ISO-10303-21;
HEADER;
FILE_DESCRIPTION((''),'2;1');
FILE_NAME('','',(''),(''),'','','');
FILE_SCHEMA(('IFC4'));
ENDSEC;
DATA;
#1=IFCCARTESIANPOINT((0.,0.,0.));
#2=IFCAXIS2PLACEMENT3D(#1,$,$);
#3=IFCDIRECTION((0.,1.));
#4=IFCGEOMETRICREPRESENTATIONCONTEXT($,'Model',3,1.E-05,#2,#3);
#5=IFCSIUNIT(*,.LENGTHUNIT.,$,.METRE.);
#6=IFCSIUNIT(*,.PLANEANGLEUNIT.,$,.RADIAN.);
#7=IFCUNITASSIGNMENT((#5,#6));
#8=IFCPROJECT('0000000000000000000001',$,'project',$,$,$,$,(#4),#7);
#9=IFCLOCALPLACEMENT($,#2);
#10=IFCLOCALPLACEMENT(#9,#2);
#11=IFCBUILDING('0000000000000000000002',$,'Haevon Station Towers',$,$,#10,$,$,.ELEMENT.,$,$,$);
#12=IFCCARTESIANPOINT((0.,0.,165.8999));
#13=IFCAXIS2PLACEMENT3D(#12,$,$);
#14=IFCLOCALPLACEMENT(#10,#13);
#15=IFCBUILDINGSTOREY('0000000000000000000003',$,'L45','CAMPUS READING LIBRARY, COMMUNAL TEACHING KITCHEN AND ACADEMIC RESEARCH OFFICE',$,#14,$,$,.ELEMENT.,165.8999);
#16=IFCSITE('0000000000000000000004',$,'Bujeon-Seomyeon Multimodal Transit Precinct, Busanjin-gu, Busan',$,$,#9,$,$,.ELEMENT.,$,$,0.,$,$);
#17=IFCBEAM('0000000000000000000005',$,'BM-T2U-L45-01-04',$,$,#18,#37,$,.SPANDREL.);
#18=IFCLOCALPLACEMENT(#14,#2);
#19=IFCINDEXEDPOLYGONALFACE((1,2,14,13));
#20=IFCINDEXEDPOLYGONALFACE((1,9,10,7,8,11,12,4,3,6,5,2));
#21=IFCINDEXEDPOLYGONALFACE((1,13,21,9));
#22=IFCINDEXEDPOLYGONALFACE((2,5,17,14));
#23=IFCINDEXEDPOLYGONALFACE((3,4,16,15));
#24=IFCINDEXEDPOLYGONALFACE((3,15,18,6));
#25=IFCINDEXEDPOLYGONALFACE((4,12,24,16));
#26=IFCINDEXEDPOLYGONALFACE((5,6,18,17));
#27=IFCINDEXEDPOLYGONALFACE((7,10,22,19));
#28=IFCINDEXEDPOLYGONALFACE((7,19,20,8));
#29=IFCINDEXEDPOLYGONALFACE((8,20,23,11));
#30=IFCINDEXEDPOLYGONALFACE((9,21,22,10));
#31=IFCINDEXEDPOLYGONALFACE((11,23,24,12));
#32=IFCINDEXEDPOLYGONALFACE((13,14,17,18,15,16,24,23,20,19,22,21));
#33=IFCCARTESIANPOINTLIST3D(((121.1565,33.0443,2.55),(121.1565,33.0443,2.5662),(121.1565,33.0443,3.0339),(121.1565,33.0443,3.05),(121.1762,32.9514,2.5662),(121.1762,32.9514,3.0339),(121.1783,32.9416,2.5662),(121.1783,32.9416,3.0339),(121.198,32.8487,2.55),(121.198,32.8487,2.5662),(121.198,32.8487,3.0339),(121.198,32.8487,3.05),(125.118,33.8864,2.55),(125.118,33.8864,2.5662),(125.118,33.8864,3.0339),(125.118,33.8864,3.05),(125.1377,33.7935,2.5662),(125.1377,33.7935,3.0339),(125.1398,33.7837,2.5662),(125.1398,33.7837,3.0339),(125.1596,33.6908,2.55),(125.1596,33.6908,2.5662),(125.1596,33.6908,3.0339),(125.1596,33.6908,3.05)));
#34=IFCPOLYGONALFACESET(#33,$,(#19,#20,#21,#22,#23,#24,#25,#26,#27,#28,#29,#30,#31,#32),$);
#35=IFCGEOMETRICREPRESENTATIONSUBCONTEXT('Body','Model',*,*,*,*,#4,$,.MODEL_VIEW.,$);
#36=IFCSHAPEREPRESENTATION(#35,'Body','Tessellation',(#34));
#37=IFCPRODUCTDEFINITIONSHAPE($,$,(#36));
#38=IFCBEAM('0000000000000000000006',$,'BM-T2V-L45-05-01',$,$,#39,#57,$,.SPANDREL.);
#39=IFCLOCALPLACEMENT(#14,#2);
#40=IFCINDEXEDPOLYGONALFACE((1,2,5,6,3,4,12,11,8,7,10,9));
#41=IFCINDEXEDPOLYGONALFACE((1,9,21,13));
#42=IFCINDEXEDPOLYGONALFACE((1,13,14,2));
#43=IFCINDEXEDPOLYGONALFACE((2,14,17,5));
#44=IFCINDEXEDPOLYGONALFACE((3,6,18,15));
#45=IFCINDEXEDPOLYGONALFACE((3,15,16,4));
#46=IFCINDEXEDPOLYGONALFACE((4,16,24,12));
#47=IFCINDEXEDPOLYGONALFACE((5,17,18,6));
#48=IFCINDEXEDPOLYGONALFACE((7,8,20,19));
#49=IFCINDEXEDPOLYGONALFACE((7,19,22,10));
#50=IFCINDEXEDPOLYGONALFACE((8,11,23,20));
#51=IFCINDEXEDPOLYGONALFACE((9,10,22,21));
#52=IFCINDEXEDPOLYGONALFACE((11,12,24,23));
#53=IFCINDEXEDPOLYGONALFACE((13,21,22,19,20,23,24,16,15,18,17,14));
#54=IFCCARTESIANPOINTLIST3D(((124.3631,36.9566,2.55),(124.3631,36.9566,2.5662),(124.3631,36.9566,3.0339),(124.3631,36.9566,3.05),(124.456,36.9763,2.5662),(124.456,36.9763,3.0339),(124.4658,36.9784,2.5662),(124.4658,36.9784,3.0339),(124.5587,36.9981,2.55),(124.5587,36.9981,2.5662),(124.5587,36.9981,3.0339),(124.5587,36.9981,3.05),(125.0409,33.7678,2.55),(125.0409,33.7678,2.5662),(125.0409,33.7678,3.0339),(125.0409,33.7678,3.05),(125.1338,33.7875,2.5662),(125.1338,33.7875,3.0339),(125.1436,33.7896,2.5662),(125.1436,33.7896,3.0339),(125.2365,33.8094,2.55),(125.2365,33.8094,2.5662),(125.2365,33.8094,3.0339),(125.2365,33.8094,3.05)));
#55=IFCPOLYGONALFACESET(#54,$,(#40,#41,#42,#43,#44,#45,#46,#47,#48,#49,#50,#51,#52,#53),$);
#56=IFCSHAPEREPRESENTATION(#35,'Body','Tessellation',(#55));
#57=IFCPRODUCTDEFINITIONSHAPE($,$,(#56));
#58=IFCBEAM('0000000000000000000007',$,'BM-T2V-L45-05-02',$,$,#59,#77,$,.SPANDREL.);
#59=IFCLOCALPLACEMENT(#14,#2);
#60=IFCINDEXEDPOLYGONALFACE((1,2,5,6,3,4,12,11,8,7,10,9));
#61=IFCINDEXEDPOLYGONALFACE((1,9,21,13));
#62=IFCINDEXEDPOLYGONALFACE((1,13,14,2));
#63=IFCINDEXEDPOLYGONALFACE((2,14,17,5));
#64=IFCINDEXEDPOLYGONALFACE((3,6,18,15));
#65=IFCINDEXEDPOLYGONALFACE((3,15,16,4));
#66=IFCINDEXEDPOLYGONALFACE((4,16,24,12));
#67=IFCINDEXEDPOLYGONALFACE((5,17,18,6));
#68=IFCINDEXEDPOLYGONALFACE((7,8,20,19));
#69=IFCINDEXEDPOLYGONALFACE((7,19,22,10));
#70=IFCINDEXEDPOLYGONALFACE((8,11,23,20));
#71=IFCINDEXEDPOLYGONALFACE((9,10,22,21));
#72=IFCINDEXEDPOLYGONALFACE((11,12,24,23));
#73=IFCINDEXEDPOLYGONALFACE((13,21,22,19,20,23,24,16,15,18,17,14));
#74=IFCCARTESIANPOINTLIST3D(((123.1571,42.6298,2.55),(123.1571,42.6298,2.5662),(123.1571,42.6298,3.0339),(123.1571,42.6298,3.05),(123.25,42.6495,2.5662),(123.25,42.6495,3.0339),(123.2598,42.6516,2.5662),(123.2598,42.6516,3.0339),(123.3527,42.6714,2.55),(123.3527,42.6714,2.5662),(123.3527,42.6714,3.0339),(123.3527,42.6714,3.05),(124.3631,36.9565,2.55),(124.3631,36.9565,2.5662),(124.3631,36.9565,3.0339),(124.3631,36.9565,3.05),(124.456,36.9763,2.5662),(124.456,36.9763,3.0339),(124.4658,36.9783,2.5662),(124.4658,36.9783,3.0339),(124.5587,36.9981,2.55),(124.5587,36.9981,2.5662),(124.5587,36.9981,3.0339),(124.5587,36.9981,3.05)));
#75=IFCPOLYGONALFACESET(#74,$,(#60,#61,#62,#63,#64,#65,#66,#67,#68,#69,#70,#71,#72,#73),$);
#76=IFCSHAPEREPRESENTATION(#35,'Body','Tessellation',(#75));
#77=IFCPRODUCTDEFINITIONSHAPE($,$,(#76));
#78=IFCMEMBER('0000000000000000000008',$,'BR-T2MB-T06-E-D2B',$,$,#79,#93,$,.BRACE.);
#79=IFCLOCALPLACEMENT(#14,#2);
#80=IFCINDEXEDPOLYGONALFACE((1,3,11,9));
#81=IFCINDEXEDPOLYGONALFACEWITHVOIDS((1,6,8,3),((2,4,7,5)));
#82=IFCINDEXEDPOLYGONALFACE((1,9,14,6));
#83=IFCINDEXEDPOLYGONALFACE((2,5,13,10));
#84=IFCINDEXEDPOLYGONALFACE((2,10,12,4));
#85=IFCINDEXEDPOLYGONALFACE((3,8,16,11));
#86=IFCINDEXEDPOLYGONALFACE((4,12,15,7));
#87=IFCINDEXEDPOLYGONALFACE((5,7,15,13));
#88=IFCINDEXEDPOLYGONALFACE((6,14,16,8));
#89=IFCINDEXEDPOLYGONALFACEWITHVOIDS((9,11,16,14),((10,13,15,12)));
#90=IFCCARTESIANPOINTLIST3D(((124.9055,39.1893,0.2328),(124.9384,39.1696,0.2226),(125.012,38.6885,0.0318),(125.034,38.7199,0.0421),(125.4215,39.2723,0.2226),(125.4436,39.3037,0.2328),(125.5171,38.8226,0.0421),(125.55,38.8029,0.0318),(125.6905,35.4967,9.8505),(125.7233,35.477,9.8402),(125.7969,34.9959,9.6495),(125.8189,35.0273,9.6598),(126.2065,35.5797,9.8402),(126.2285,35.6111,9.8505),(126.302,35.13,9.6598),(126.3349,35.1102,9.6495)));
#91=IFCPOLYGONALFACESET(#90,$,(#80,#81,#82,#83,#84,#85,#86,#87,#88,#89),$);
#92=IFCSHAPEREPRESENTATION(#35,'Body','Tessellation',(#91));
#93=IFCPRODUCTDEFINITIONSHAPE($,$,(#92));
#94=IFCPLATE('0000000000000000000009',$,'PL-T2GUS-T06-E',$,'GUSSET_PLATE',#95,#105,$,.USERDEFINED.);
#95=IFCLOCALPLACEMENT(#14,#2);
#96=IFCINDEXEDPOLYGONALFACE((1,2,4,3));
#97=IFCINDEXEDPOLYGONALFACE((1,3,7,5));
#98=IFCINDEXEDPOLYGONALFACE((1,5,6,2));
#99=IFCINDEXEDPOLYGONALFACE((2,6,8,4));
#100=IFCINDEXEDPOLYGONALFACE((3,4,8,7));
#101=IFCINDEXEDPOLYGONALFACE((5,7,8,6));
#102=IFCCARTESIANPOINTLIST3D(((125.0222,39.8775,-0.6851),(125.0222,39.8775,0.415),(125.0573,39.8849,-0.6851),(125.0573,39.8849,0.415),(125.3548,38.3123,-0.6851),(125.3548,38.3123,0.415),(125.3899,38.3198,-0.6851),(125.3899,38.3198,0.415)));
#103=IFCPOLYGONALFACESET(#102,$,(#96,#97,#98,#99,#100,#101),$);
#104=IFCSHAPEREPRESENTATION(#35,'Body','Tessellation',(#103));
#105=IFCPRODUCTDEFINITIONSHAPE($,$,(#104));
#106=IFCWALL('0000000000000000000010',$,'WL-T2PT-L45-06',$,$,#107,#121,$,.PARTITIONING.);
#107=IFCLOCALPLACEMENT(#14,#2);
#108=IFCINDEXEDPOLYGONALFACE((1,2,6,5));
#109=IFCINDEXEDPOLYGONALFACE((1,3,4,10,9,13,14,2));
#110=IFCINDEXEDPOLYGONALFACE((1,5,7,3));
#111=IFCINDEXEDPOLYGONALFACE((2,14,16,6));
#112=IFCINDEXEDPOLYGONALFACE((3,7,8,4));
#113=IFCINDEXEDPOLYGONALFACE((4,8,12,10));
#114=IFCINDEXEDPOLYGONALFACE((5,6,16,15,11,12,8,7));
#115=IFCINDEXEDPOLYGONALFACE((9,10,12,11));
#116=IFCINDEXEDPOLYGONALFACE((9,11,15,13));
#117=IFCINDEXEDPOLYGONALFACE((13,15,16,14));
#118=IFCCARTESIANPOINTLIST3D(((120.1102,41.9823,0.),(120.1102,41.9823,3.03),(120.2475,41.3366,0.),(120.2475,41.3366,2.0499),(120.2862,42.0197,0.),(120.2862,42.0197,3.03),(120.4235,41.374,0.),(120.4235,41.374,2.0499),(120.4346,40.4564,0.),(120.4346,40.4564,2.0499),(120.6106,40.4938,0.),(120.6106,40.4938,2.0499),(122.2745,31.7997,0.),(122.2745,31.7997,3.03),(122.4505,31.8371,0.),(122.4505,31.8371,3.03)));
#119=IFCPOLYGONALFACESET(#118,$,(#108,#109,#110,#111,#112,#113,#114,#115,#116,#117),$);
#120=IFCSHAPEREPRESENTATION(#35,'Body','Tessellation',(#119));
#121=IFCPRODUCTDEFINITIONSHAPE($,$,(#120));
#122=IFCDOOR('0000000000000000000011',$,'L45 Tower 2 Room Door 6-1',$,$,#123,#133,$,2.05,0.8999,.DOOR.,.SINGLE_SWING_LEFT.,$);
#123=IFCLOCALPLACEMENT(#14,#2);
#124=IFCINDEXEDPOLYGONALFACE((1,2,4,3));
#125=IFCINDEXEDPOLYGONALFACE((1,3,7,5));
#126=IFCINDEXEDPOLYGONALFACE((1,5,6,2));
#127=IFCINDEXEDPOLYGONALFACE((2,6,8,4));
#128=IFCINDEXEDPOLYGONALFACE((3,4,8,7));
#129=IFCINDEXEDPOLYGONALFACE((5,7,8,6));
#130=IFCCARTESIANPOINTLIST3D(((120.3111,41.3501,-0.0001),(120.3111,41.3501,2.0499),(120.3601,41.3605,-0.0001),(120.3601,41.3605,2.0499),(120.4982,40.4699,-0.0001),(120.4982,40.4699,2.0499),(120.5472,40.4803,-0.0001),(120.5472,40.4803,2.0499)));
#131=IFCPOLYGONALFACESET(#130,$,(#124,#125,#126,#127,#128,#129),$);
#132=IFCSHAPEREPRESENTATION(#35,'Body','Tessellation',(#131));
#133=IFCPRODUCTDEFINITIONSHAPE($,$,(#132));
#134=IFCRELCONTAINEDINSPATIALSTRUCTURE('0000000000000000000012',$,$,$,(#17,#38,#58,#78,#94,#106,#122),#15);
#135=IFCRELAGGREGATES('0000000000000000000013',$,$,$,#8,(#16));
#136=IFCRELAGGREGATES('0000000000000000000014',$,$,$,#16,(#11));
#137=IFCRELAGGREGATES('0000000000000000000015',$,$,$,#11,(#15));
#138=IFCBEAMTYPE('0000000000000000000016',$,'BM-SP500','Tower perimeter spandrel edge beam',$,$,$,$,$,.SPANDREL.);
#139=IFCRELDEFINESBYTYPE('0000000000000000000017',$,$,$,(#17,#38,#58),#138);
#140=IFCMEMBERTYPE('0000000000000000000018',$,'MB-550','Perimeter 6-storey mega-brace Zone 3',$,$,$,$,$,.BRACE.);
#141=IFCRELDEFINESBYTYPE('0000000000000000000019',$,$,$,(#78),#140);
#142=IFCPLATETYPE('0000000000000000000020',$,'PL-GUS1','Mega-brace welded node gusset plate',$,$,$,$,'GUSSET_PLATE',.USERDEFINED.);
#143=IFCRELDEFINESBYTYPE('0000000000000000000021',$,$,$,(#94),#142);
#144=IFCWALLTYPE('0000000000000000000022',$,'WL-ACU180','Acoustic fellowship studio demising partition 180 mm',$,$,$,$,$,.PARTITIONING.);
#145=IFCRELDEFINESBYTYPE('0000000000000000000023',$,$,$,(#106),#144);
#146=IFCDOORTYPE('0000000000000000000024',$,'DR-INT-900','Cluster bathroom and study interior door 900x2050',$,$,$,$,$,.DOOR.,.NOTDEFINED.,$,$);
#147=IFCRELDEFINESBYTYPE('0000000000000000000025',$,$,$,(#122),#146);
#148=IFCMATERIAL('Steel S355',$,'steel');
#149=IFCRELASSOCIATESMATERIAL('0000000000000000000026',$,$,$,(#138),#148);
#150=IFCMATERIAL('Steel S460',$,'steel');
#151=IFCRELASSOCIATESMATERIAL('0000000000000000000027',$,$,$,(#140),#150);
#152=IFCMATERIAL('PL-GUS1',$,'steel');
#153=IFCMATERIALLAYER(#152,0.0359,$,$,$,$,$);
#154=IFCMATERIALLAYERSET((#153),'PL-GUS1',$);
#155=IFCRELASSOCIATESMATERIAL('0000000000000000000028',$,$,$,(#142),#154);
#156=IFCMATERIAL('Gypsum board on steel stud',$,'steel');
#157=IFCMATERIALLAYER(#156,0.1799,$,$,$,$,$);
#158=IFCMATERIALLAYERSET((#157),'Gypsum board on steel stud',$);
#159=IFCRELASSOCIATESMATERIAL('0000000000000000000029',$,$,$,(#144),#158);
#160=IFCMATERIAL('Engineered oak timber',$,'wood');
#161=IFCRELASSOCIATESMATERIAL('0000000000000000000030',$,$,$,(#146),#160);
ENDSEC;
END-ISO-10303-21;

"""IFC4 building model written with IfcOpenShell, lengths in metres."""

from ifc_helpers import new_model, si_unit, direction, frame, frame_2d, origin, origin_2d, place, context, subcontext, project, spatial, rectangle, hollow_rectangle, i_section, extrude, material, layer, layer_set, material_profile, profile_set, type_object, element, fill, save


model = new_model("IFC4")

# Units and contexts
model_context = context("Model", 3, precision=1e-05, world=origin(), true_north=direction((0.0, 1.0)))
body_context = subcontext(model_context, "Body", "Model", "MODEL_VIEW")
ifc_project = project(units=[si_unit("LENGTHUNIT", "METRE"), si_unit("PLANEANGLEUNIT", "RADIAN")], contexts=[model_context])

# Site, building, storey
site_placement = place(None, origin())
site = spatial("IfcSite", under=ifc_project, at=site_placement, Name="Bujeon-Seomyeon Multimodal Transit Precinct, Busanjin-gu, Busan", CompositionType="ELEMENT", RefElevation=0.0)
building_placement = place(site_placement, origin())
building = spatial("IfcBuilding", under=site, at=building_placement, Name="Haevon Station Towers", CompositionType="ELEMENT")
storey_placement = place(building_placement, frame((0.0, 0.0, 165.8999)))
storey = spatial("IfcBuildingStorey", under=building, at=storey_placement, Name="L45", Description="CAMPUS READING LIBRARY, COMMUNAL TEACHING KITCHEN AND ACADEMIC RESEARCH OFFICE", CompositionType="ELEMENT", Elevation=165.8999)

# Shared definitions
ifc_material_1 = material(Name="Steel S460", Category="steel")
ifc_material_2 = material(Name="Steel S355", Category="steel")

# Beams
ifc_material_profile_1 = material_profile(ifc_material_2, i_section(OverallWidth=0.2, OverallDepth=0.5, WebThickness=0.01, FlangeThickness=0.0161, at=origin_2d()), Name="H-500x200x10x16")
ifc_profile_set_1 = profile_set([ifc_material_profile_1], Name="Steel S355")
beam_type_1 = type_object("IfcBeamType", Name="BM-SP500", Description="Tower perimeter spandrel edge beam", PredefinedType="SPANDREL", material=ifc_profile_set_1)
beam_1_placement = place(storey_placement, frame((121.1772, 32.9465, 2.8), z_axis=(0.978147, 0.207915, 0.0), x_axis=(-0.207915, 0.978147, 0.0)))
element("IfcBeam", 1, at=beam_1_placement, inside=storey, type_object=beam_type_1, Name="BM-T2U-L45-01-04", PredefinedType="SPANDREL", context=body_context, shape_type="SweptSolid", body=[
    extrude(i_section(OverallWidth=0.2, OverallDepth=0.5, WebThickness=0.01, FlangeThickness=0.0161, at=origin_2d()), origin(), (0.0, 0.0, 1.0), 4.05),
])
beam_2_placement = place(storey_placement, frame((125.1387, 33.7886, 2.8), z_axis=(-0.207897, 0.978151, 0.0), x_axis=(-0.978151, -0.207897, 0.0)))
element("IfcBeam", 2, at=beam_2_placement, inside=storey, type_object=beam_type_1, Name="BM-T2V-L45-05-01", PredefinedType="SPANDREL", context=body_context, shape_type="SweptSolid", body=[
    extrude(i_section(OverallWidth=0.2, OverallDepth=0.5, WebThickness=0.01, FlangeThickness=0.0161, at=origin_2d()), origin(), (0.0, 0.0, 1.0), 3.26),
])
beam_3_placement = place(storey_placement, frame((124.4609, 36.9773, 2.8), z_axis=(-0.207936, 0.978142, 0.0), x_axis=(-0.978142, -0.207936, 0.0)))
element("IfcBeam", 3, at=beam_3_placement, inside=storey, type_object=beam_type_1, Name="BM-T2V-L45-05-02", PredefinedType="SPANDREL", context=body_context, shape_type="SweptSolid", body=[
    extrude(i_section(OverallWidth=0.2, OverallDepth=0.5, WebThickness=0.01, FlangeThickness=0.0161, at=origin_2d()), origin(), (0.0, 0.0, 1.0), 5.8),
])

# Member
ifc_material_profile_2 = material_profile(ifc_material_1, hollow_rectangle(XDim=0.55, YDim=0.55, WallThickness=0.0281, at=origin_2d()), Name="RHS-550x550x28")
ifc_profile_set_2 = profile_set([ifc_material_profile_2], Name="Steel S460")
member_type = type_object("IfcMemberType", Name="MB-550", Description="Perimeter 6-storey mega-brace Zone 3", PredefinedType="BRACE", material=ifc_profile_set_2)
member_placement = place(storey_placement, frame((125.2278, 38.9961, 0.1323), z_axis=(0.075969, -0.357395, 0.930858), x_axis=(0.978147, 0.207917, 0.0)))
element("IfcMember", 4, at=member_placement, inside=storey, type_object=member_type, Name="BR-T2MB-T06-E-D2B", PredefinedType="BRACE", context=body_context, shape_type="SweptSolid", body=[
    extrude(hollow_rectangle(XDim=0.55, YDim=0.55, WallThickness=0.0281, at=origin_2d()), origin(), (0.0, 0.0, 1.0), 10.332),
])

# Plate
ifc_material_3 = material(Name="PL-GUS1", Category="steel")
ifc_layer_1 = layer(ifc_material_3, 0.0359)
ifc_layer_set_1 = layer_set([ifc_layer_1], Name="PL-GUS1")
plate_type = type_object("IfcPlateType", Name="PL-GUS1", Description="Mega-brace welded node gusset plate", ElementType="GUSSET_PLATE", PredefinedType="USERDEFINED", material=ifc_layer_set_1)
plate_placement = place(storey_placement, frame((125.2061, 39.0986, -0.6851), z_axis=(0.0, 0.0, 1.0), x_axis=(-0.207912, 0.978148, 0.0)))
element("IfcPlate", 5, at=plate_placement, inside=storey, type_object=plate_type, Name="PL-T2GUS-T06-E", ObjectType="GUSSET_PLATE", PredefinedType="USERDEFINED", context=body_context, shape_type="SweptSolid", body=[
    extrude(rectangle(XDim=1.6001, YDim=0.0359, at=origin_2d()), origin(), (0.0, 0.0, 1.0), 1.1001),
])

# Wall, opening, door
ifc_material_4 = material(Name="Gypsum board on steel stud", Category="steel")
ifc_layer_2 = layer(ifc_material_4, 0.1799)
ifc_layer_set_2 = layer_set([ifc_layer_2], Name="Gypsum board on steel stud")
wall_type_1 = type_object("IfcWallType", Name="WL-ACU180", Description="Acoustic fellowship studio demising partition 180 mm", PredefinedType="PARTITIONING", material=ifc_layer_set_2)
wall_1_placement = place(storey_placement, frame((122.3625, 31.8184, 0.0), z_axis=(0.0, 0.0, 1.0), x_axis=(-0.207905, 0.978149, 0.0)))
wall_1 = element("IfcWall", 6, at=wall_1_placement, inside=storey, type_object=wall_type_1, Name="WL-T2PT-L45-06", PredefinedType="PARTITIONING", context=body_context, shape_type="SweptSolid", body=[
    extrude(rectangle(XDim=10.4102, YDim=0.1799, at=frame_2d((5.2051, 0.0))), origin(), (0.0, 0.0, 1.0), 3.03),
])
opening_1_placement = place(wall_1_placement, frame((8.8501, 0.0, 0.0)))
opening_1 = element("IfcOpeningElement", 7, at=opening_1_placement, cuts=wall_1, PredefinedType="OPENING", context=body_context, shape_type="SweptSolid", body=[
    extrude(rectangle(XDim=0.8999, YDim=2.05, at=frame_2d((0.45, 1.0249))), frame((0.0, 0.0999, 0.0), z_axis=(0.0, -1.0, 0.0), x_axis=(1.0, 0.0, 0.0)), (0.0, 0.0, 1.0), 0.2),
])
ifc_material_5 = material(Name="Engineered oak timber", Category="wood")
door_type = type_object("IfcDoorType", Name="DR-INT-900", Description="Cluster bathroom and study interior door 900x2050", OperationType="NOTDEFINED", PredefinedType="DOOR", material=ifc_material_5)
door_placement = place(opening_1_placement, origin())
door = element("IfcDoor", 8, at=door_placement, inside=storey, type_object=door_type, Name="L45 Tower 2 Room Door 6-1", OperationType="SINGLE_SWING_LEFT", OverallHeight=2.05, OverallWidth=0.8999, PredefinedType="DOOR", context=body_context, shape_type="SweptSolid", body=[
    extrude(rectangle(XDim=0.8999, YDim=2.05, at=frame_2d((0.45, 1.0249))), frame((0.0, 0.0249, 0.0), z_axis=(0.0, -1.0, 0.0), x_axis=(1.0, 0.0, 0.0)), (0.0, 0.0, 1.0), 0.05),
])
fill(opening_1, door)

save(model, "model.ifc")
